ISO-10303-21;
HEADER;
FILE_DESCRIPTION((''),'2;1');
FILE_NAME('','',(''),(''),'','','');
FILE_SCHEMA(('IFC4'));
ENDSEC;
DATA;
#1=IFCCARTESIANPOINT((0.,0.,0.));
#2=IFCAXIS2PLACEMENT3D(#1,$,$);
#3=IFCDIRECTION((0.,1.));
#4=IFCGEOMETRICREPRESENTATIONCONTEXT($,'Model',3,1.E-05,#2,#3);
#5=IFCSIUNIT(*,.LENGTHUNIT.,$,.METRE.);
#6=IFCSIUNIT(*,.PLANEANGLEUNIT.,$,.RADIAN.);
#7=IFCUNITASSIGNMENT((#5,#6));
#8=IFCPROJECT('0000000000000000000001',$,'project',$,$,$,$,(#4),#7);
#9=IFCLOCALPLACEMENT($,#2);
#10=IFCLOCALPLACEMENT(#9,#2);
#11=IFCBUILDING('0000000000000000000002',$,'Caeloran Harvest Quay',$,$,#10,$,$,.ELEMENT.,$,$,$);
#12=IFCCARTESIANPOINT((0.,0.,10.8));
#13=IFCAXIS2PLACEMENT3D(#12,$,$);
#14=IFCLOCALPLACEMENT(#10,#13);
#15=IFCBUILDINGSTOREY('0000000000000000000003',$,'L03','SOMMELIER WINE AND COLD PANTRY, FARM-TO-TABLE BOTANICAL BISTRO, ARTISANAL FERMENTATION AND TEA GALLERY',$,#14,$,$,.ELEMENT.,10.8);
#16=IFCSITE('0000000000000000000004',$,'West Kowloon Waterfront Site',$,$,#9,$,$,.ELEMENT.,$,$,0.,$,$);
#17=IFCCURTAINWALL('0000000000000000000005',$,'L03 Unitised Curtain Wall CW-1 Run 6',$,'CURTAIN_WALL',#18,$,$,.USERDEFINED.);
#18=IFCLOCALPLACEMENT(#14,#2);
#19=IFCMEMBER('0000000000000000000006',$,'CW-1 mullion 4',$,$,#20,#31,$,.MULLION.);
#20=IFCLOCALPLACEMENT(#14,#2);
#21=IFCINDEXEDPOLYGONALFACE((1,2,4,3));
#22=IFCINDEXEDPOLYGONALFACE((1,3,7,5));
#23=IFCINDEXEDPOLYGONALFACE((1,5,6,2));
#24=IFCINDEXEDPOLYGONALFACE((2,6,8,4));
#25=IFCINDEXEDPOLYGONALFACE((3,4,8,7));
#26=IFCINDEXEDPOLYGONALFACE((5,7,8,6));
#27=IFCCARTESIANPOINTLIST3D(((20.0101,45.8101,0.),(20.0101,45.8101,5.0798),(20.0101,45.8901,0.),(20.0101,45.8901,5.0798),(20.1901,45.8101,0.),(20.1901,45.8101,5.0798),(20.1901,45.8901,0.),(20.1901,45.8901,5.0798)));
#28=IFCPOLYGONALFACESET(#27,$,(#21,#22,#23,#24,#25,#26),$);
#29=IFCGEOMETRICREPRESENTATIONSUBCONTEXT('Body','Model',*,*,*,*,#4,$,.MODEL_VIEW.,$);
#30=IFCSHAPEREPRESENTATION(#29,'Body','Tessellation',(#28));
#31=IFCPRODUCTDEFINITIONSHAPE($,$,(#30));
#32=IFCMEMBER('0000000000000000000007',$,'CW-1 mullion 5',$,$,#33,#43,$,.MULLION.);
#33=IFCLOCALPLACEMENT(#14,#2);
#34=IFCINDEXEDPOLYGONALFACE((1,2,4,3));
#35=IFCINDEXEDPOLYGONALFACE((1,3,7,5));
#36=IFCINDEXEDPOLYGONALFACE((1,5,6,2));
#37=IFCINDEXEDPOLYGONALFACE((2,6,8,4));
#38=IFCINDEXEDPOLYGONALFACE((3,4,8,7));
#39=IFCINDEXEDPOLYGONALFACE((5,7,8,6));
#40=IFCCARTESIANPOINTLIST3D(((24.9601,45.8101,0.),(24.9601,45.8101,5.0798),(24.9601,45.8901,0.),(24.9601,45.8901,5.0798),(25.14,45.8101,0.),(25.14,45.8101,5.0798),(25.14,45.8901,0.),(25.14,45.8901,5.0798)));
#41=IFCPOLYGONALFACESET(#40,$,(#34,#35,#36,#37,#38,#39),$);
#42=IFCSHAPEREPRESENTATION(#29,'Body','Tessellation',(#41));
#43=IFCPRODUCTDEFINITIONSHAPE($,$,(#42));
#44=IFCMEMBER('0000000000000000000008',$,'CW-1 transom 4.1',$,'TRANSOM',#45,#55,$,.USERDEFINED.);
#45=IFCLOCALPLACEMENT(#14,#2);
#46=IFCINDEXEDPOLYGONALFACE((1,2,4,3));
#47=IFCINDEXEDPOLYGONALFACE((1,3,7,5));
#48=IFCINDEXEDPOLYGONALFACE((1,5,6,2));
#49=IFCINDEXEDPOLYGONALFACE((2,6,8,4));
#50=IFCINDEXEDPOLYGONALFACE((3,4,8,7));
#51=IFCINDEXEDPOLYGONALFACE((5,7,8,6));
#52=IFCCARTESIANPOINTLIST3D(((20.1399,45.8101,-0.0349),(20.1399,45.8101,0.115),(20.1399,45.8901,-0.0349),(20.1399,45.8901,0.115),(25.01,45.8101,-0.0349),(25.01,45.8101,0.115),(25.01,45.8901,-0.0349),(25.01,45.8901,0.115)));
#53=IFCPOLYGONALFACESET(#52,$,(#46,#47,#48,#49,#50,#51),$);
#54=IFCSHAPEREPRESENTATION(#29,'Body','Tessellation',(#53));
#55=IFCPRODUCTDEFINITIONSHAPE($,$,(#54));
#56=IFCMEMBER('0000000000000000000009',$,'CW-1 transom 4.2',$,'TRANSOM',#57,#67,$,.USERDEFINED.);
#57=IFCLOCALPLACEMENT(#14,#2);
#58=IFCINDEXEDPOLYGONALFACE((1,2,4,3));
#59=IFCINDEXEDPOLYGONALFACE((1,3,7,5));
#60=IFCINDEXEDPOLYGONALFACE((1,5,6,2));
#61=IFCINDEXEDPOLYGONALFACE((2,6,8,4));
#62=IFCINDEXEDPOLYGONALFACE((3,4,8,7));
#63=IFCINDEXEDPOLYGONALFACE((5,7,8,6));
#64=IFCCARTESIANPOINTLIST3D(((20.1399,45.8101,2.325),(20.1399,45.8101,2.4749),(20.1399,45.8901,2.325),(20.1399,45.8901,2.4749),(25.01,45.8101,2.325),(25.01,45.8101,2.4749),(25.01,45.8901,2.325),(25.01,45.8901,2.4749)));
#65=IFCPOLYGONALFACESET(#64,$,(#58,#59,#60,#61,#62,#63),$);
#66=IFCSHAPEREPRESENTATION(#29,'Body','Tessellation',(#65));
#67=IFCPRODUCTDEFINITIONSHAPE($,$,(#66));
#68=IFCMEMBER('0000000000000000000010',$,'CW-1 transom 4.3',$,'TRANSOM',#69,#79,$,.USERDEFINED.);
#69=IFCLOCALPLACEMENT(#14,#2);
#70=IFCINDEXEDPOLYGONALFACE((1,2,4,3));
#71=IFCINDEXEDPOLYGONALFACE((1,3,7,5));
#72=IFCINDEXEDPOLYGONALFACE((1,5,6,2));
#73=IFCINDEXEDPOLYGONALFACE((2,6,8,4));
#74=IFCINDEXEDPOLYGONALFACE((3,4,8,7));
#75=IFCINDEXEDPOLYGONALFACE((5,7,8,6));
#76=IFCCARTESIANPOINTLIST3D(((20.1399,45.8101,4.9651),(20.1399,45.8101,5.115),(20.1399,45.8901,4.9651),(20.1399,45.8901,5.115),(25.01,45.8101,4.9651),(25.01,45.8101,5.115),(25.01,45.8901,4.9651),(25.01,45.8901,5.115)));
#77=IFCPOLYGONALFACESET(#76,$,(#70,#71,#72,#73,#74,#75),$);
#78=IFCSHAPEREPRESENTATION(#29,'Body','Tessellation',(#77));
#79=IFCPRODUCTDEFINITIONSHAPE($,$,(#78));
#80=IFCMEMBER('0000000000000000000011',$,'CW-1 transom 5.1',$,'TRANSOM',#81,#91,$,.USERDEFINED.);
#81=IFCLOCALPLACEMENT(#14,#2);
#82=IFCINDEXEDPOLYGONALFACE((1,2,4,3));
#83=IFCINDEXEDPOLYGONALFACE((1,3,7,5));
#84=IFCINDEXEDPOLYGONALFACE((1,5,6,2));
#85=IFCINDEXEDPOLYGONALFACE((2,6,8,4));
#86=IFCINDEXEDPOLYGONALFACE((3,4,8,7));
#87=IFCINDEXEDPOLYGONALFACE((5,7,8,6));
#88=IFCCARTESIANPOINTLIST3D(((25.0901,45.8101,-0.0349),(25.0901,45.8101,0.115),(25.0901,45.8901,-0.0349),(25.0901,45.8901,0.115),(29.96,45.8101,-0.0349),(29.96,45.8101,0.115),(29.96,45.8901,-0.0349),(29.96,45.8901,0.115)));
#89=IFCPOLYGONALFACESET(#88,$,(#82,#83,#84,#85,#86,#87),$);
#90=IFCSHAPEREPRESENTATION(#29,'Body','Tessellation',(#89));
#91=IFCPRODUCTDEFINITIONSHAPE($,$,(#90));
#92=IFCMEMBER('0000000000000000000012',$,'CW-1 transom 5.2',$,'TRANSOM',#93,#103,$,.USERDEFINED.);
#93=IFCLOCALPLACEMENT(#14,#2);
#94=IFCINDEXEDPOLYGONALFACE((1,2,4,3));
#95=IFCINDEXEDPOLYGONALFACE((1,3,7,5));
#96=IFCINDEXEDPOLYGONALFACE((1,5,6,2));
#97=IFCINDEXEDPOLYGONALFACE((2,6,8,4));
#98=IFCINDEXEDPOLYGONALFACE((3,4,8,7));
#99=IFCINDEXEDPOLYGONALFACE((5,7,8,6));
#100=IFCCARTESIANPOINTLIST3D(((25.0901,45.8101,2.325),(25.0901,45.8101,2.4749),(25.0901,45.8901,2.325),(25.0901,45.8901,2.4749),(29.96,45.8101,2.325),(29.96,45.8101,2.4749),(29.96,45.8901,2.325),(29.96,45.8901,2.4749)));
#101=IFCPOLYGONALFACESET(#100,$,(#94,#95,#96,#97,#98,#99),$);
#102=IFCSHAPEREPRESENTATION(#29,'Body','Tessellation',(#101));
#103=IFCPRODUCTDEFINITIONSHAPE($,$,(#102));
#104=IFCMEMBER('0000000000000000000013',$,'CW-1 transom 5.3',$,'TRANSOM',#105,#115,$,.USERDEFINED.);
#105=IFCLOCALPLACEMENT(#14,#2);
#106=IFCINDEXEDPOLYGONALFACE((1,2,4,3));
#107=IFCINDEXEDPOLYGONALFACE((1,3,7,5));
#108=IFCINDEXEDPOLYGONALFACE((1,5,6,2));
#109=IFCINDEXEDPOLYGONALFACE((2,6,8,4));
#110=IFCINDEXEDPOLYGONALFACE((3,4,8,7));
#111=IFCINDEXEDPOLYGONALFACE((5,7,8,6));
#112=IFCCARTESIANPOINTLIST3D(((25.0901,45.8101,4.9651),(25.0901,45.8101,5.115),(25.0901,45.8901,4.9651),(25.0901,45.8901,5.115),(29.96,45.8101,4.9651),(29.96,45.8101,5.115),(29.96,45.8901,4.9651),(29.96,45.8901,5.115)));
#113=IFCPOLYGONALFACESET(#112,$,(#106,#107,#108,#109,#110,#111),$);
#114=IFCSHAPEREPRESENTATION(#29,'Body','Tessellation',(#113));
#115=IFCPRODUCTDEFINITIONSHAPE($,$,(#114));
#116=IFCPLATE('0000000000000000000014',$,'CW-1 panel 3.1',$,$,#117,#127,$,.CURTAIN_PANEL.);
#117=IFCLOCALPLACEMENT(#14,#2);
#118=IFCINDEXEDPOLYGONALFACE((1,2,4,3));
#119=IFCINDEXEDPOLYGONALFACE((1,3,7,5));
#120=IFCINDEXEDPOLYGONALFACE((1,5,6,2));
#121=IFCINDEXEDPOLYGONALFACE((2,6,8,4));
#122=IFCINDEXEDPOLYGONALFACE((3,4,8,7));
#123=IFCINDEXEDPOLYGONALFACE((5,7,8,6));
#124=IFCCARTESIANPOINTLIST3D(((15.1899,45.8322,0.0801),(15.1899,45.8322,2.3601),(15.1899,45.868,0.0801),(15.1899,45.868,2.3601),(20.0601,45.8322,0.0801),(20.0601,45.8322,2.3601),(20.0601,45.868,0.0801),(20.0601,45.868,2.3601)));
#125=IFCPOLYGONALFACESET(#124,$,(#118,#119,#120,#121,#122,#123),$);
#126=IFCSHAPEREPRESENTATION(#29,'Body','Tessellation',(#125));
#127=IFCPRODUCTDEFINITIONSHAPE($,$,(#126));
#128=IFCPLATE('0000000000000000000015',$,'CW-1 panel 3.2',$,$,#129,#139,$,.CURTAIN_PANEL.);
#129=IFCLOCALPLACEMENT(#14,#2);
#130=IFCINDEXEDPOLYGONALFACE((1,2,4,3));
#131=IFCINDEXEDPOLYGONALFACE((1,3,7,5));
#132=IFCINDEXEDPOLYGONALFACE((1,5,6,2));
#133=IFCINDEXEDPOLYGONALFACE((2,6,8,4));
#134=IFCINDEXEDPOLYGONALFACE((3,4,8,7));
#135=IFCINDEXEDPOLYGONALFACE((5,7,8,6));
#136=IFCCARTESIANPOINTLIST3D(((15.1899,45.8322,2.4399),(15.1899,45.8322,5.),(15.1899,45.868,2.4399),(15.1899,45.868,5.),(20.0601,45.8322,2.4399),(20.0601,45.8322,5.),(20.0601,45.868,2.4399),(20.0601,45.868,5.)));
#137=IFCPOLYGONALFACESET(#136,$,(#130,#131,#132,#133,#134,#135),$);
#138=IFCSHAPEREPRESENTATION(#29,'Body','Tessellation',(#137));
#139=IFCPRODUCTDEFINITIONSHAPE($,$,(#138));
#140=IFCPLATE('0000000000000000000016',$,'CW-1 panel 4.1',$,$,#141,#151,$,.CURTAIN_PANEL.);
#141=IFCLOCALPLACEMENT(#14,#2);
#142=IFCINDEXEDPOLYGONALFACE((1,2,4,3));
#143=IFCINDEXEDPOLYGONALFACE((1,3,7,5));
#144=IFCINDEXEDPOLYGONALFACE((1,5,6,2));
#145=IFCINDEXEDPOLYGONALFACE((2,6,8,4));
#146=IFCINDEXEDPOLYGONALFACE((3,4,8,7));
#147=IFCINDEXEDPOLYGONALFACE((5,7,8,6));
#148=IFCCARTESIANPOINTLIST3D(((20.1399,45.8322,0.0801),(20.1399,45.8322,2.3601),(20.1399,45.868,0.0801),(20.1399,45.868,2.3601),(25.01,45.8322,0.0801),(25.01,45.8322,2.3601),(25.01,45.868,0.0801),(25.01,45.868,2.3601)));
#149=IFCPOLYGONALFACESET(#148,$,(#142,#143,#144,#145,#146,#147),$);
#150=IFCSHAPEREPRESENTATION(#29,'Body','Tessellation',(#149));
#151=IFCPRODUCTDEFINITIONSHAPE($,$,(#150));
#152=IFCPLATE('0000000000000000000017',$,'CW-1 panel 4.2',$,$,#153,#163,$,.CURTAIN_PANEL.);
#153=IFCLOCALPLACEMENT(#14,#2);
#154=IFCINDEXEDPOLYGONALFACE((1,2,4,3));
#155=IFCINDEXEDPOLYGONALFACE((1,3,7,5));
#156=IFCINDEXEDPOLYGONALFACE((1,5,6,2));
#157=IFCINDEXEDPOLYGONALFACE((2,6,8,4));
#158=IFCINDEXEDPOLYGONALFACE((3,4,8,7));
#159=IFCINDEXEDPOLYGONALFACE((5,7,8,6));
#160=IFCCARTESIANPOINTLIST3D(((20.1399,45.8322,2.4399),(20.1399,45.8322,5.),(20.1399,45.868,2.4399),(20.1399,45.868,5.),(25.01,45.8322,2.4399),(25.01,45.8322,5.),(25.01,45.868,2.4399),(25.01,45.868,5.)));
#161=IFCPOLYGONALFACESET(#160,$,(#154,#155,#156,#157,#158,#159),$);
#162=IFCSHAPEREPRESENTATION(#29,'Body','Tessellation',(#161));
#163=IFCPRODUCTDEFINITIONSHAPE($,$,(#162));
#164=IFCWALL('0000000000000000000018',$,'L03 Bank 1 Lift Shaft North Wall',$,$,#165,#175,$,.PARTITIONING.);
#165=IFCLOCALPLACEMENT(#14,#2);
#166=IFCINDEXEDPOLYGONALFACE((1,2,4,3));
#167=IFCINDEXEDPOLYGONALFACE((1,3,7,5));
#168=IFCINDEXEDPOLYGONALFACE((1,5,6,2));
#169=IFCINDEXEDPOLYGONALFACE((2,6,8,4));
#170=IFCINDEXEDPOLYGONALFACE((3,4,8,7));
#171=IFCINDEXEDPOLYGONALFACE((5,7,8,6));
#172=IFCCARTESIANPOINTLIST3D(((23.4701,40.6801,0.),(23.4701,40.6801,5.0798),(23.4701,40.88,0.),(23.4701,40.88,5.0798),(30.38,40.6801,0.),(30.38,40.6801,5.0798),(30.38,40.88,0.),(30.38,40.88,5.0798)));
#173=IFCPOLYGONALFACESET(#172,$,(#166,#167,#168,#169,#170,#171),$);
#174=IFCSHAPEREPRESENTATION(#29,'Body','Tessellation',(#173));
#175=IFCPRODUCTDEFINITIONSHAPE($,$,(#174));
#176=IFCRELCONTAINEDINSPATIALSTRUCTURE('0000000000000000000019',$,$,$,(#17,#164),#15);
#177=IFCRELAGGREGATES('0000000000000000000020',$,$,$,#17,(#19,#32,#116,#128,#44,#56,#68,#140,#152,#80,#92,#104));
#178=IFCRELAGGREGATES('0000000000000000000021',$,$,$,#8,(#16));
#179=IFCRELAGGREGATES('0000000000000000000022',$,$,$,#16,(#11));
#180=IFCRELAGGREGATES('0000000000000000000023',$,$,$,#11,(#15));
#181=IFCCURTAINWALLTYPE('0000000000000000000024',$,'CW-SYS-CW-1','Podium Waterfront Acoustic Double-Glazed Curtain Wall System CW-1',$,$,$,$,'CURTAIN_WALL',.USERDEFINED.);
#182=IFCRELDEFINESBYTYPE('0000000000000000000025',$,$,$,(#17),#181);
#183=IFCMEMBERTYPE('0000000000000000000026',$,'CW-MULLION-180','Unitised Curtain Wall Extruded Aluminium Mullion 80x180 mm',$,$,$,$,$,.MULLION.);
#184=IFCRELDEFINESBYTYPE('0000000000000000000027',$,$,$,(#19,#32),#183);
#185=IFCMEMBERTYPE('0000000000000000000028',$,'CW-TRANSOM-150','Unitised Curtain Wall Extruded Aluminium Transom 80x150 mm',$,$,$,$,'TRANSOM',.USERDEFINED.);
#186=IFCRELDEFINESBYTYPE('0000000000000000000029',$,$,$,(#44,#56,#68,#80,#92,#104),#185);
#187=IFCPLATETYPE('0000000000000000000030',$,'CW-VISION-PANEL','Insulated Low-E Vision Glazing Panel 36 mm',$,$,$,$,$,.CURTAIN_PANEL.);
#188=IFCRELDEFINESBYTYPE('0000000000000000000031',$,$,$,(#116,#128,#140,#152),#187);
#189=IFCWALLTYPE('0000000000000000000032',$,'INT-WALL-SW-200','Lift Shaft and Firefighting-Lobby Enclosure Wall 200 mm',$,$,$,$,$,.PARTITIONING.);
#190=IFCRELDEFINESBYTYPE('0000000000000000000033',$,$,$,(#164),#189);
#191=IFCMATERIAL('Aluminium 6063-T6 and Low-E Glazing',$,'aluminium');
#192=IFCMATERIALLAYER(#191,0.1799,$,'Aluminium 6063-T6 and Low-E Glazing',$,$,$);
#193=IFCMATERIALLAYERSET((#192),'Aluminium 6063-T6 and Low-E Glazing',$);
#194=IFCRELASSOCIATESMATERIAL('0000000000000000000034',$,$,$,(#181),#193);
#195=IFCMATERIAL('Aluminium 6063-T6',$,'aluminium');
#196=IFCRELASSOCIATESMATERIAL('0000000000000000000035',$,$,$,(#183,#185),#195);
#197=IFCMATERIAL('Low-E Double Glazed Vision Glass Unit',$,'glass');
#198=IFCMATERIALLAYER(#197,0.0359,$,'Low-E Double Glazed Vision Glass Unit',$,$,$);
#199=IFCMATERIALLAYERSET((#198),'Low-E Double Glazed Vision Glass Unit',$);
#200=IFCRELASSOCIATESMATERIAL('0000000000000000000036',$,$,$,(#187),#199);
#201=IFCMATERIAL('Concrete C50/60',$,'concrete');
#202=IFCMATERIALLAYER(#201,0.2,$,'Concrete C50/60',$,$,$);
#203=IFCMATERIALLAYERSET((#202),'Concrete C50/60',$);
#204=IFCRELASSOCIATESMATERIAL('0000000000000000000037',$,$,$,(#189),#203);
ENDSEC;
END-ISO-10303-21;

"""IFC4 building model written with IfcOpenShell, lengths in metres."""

from ifc_helpers import new_model, si_unit, direction, frame, frame_2d, origin, origin_2d, place, context, subcontext, project, spatial, rectangle, extrude, material, layer, layer_set, material_profile, profile_set, type_object, element, aggregate, save


model = new_model("IFC4")

# Units and contexts
model_context = context("Model", 3, precision=1e-05, world=origin(), true_north=direction((0.0, 1.0)))
body_context = subcontext(model_context, "Body", "Model", "MODEL_VIEW")
ifc_project = project(units=[si_unit("LENGTHUNIT", "METRE"), si_unit("PLANEANGLEUNIT", "RADIAN")], contexts=[model_context])

# Site, building, storey
site_placement = place(None, origin())
site = spatial("IfcSite", under=ifc_project, at=site_placement, Name="West Kowloon Waterfront Site", CompositionType="ELEMENT", RefElevation=0.0)
building_placement = place(site_placement, origin())
building = spatial("IfcBuilding", under=site, at=building_placement, Name="Caeloran Harvest Quay", CompositionType="ELEMENT")
storey_placement = place(building_placement, frame((0.0, 0.0, 10.8)))
storey = spatial("IfcBuildingStorey", under=building, at=storey_placement, Name="L03", Description="SOMMELIER WINE AND COLD PANTRY, FARM-TO-TABLE BOTANICAL BISTRO, ARTISANAL FERMENTATION AND TEA GALLERY", CompositionType="ELEMENT", Elevation=10.8)

# Curtain wall, members, plates
ifc_material_1 = material(Name="Aluminium 6063-T6 and Low-E Glazing", Category="aluminium")
ifc_layer_1 = layer(ifc_material_1, 0.1799, Name="Aluminium 6063-T6 and Low-E Glazing")
ifc_layer_set_1 = layer_set([ifc_layer_1], Name="Aluminium 6063-T6 and Low-E Glazing")
curtain_wall_type = type_object("IfcCurtainWallType", Name="CW-SYS-CW-1", Description="Podium Waterfront Acoustic Double-Glazed Curtain Wall System CW-1", ElementType="CURTAIN_WALL", PredefinedType="USERDEFINED", material=ifc_layer_set_1)
curtain_wall_placement = place(storey_placement, origin())
curtain_wall = element("IfcCurtainWall", 1, at=curtain_wall_placement, inside=storey, type_object=curtain_wall_type, Name="L03 Unitised Curtain Wall CW-1 Run 6", ObjectType="CURTAIN_WALL", PredefinedType="USERDEFINED")
ifc_material_2 = material(Name="Aluminium 6063-T6", Category="aluminium")
ifc_material_profile_1 = material_profile(ifc_material_2, rectangle(XDim=0.0801, YDim=0.1799, at=origin_2d()), Name="CW-MULLION-180")
ifc_profile_set_1 = profile_set([ifc_material_profile_1], Name="Aluminium 6063-T6")
member_type_1 = type_object("IfcMemberType", Name="CW-MULLION-180", Description="Unitised Curtain Wall Extruded Aluminium Mullion 80x180 mm", PredefinedType="MULLION", material=ifc_profile_set_1)
member_1_placement = place(storey_placement, frame((20.1001, 45.8501, 0.0), z_axis=(0.0, 0.0, 1.0), x_axis=(0.0, 1.0, 0.0)))
member_1 = element("IfcMember", 2, at=member_1_placement, type_object=member_type_1, Name="CW-1 mullion 4", PredefinedType="MULLION", context=body_context, shape_type="SweptSolid", body=[
    extrude(rectangle(XDim=0.0801, YDim=0.1799, at=origin_2d()), origin(), (0.0, 0.0, 1.0), 5.0798),
])
member_2_placement = place(storey_placement, frame((25.05, 45.8501, 0.0), z_axis=(0.0, 0.0, 1.0), x_axis=(0.0, 1.0, 0.0)))
member_2 = element("IfcMember", 3, at=member_2_placement, type_object=member_type_1, Name="CW-1 mullion 5", PredefinedType="MULLION", context=body_context, shape_type="SweptSolid", body=[
    extrude(rectangle(XDim=0.0801, YDim=0.1799, at=origin_2d()), origin(), (0.0, 0.0, 1.0), 5.0798),
])
ifc_material_profile_2 = material_profile(ifc_material_2, rectangle(XDim=0.0801, YDim=0.1499, at=origin_2d()), Name="CW-TRANSOM-150")
ifc_profile_set_2 = profile_set([ifc_material_profile_2], Name="Aluminium 6063-T6")
member_type_2 = type_object("IfcMemberType", Name="CW-TRANSOM-150", Description="Unitised Curtain Wall Extruded Aluminium Transom 80x150 mm", ElementType="TRANSOM", PredefinedType="USERDEFINED", material=ifc_profile_set_2)
member_3_placement = place(storey_placement, frame((20.1399, 45.8501, 0.04), z_axis=(1.0, 0.0, 0.0), x_axis=(0.0, 1.0, 0.0)))
member_3 = element("IfcMember", 4, at=member_3_placement, type_object=member_type_2, Name="CW-1 transom 4.1", ObjectType="TRANSOM", PredefinedType="USERDEFINED", context=body_context, shape_type="SweptSolid", body=[
    extrude(rectangle(XDim=0.0801, YDim=0.1499, at=origin_2d()), origin(), (0.0, 0.0, 1.0), 4.8701),
])
member_4_placement = place(storey_placement, frame((20.1399, 45.8501, 2.3999), z_axis=(1.0, 0.0, 0.0), x_axis=(0.0, 1.0, 0.0)))
member_4 = element("IfcMember", 5, at=member_4_placement, type_object=member_type_2, Name="CW-1 transom 4.2", ObjectType="TRANSOM", PredefinedType="USERDEFINED", context=body_context, shape_type="SweptSolid", body=[
    extrude(rectangle(XDim=0.0801, YDim=0.1499, at=origin_2d()), origin(), (0.0, 0.0, 1.0), 4.8701),
])
member_5_placement = place(storey_placement, frame((20.1399, 45.8501, 5.04), z_axis=(1.0, 0.0, 0.0), x_axis=(0.0, 1.0, 0.0)))
member_5 = element("IfcMember", 6, at=member_5_placement, type_object=member_type_2, Name="CW-1 transom 4.3", ObjectType="TRANSOM", PredefinedType="USERDEFINED", context=body_context, shape_type="SweptSolid", body=[
    extrude(rectangle(XDim=0.0801, YDim=0.1499, at=origin_2d()), origin(), (0.0, 0.0, 1.0), 4.8701),
])
member_6_placement = place(storey_placement, frame((25.0901, 45.8501, 0.04), z_axis=(1.0, 0.0, 0.0), x_axis=(0.0, 1.0, 0.0)))
member_6 = element("IfcMember", 7, at=member_6_placement, type_object=member_type_2, Name="CW-1 transom 5.1", ObjectType="TRANSOM", PredefinedType="USERDEFINED", context=body_context, shape_type="SweptSolid", body=[
    extrude(rectangle(XDim=0.0801, YDim=0.1499, at=origin_2d()), origin(), (0.0, 0.0, 1.0), 4.8699),
])
member_7_placement = place(storey_placement, frame((25.0901, 45.8501, 2.3999), z_axis=(1.0, 0.0, 0.0), x_axis=(0.0, 1.0, 0.0)))
member_7 = element("IfcMember", 8, at=member_7_placement, type_object=member_type_2, Name="CW-1 transom 5.2", ObjectType="TRANSOM", PredefinedType="USERDEFINED", context=body_context, shape_type="SweptSolid", body=[
    extrude(rectangle(XDim=0.0801, YDim=0.1499, at=origin_2d()), origin(), (0.0, 0.0, 1.0), 4.8699),
])
member_8_placement = place(storey_placement, frame((25.0901, 45.8501, 5.04), z_axis=(1.0, 0.0, 0.0), x_axis=(0.0, 1.0, 0.0)))
member_8 = element("IfcMember", 9, at=member_8_placement, type_object=member_type_2, Name="CW-1 transom 5.3", ObjectType="TRANSOM", PredefinedType="USERDEFINED", context=body_context, shape_type="SweptSolid", body=[
    extrude(rectangle(XDim=0.0801, YDim=0.1499, at=origin_2d()), origin(), (0.0, 0.0, 1.0), 4.8699),
])
ifc_material_3 = material(Name="Low-E Double Glazed Vision Glass Unit", Category="glass")
ifc_layer_2 = layer(ifc_material_3, 0.0359, Name="Low-E Double Glazed Vision Glass Unit")
ifc_layer_set_2 = layer_set([ifc_layer_2], Name="Low-E Double Glazed Vision Glass Unit")
plate_type = type_object("IfcPlateType", Name="CW-VISION-PANEL", Description="Insulated Low-E Vision Glazing Panel 36 mm", PredefinedType="CURTAIN_PANEL", material=ifc_layer_set_2)
plate_1_placement = place(storey_placement, frame((17.625, 45.8501, 0.0801), z_axis=(0.0, 0.0, 1.0), x_axis=(1.0, 0.0, 0.0)))
plate_1 = element("IfcPlate", 10, at=plate_1_placement, type_object=plate_type, Name="CW-1 panel 3.1", PredefinedType="CURTAIN_PANEL", context=body_context, shape_type="SweptSolid", body=[
    extrude(rectangle(XDim=4.8701, YDim=0.0359, at=origin_2d()), origin(), (0.0, 0.0, 1.0), 2.28),
])
plate_2_placement = place(storey_placement, frame((17.625, 45.8501, 2.4399), z_axis=(0.0, 0.0, 1.0), x_axis=(1.0, 0.0, 0.0)))
plate_2 = element("IfcPlate", 11, at=plate_2_placement, type_object=plate_type, Name="CW-1 panel 3.2", PredefinedType="CURTAIN_PANEL", context=body_context, shape_type="SweptSolid", body=[
    extrude(rectangle(XDim=4.8701, YDim=0.0359, at=origin_2d()), origin(), (0.0, 0.0, 1.0), 2.5601),
])
plate_3_placement = place(storey_placement, frame((22.575, 45.8501, 0.0801), z_axis=(0.0, 0.0, 1.0), x_axis=(1.0, 0.0, 0.0)))
plate_3 = element("IfcPlate", 12, at=plate_3_placement, type_object=plate_type, Name="CW-1 panel 4.1", PredefinedType="CURTAIN_PANEL", context=body_context, shape_type="SweptSolid", body=[
    extrude(rectangle(XDim=4.8701, YDim=0.0359, at=origin_2d()), origin(), (0.0, 0.0, 1.0), 2.28),
])
plate_4_placement = place(storey_placement, frame((22.575, 45.8501, 2.4399), z_axis=(0.0, 0.0, 1.0), x_axis=(1.0, 0.0, 0.0)))
plate_4 = element("IfcPlate", 13, at=plate_4_placement, type_object=plate_type, Name="CW-1 panel 4.2", PredefinedType="CURTAIN_PANEL", context=body_context, shape_type="SweptSolid", body=[
    extrude(rectangle(XDim=4.8701, YDim=0.0359, at=origin_2d()), origin(), (0.0, 0.0, 1.0), 2.5601),
])
aggregate(curtain_wall, [member_1, member_2, plate_1, plate_2, member_3, member_4, member_5, plate_3, plate_4, member_6, member_7, member_8])

# Wall
ifc_material_4 = material(Name="Concrete C50/60", Category="concrete")
ifc_layer_3 = layer(ifc_material_4, 0.2, Name="Concrete C50/60")
ifc_layer_set_3 = layer_set([ifc_layer_3], Name="Concrete C50/60")
wall_type = type_object("IfcWallType", Name="INT-WALL-SW-200", Description="Lift Shaft and Firefighting-Lobby Enclosure Wall 200 mm", PredefinedType="PARTITIONING", material=ifc_layer_set_3)
wall_placement = place(storey_placement, frame((23.47, 40.78, 0.0), z_axis=(0.0, 0.0, 1.0), x_axis=(1.0, 0.0, 0.0)))
element("IfcWall", 14, at=wall_placement, inside=storey, type_object=wall_type, Name="L03 Bank 1 Lift Shaft North Wall", PredefinedType="PARTITIONING", context=body_context, shape_type="SweptSolid", body=[
    extrude(rectangle(XDim=6.9099, YDim=0.2, at=frame_2d((3.4551, 0.0))), origin(), (0.0, 0.0, 1.0), 5.0798),
])

save(model, "model.ifc")
